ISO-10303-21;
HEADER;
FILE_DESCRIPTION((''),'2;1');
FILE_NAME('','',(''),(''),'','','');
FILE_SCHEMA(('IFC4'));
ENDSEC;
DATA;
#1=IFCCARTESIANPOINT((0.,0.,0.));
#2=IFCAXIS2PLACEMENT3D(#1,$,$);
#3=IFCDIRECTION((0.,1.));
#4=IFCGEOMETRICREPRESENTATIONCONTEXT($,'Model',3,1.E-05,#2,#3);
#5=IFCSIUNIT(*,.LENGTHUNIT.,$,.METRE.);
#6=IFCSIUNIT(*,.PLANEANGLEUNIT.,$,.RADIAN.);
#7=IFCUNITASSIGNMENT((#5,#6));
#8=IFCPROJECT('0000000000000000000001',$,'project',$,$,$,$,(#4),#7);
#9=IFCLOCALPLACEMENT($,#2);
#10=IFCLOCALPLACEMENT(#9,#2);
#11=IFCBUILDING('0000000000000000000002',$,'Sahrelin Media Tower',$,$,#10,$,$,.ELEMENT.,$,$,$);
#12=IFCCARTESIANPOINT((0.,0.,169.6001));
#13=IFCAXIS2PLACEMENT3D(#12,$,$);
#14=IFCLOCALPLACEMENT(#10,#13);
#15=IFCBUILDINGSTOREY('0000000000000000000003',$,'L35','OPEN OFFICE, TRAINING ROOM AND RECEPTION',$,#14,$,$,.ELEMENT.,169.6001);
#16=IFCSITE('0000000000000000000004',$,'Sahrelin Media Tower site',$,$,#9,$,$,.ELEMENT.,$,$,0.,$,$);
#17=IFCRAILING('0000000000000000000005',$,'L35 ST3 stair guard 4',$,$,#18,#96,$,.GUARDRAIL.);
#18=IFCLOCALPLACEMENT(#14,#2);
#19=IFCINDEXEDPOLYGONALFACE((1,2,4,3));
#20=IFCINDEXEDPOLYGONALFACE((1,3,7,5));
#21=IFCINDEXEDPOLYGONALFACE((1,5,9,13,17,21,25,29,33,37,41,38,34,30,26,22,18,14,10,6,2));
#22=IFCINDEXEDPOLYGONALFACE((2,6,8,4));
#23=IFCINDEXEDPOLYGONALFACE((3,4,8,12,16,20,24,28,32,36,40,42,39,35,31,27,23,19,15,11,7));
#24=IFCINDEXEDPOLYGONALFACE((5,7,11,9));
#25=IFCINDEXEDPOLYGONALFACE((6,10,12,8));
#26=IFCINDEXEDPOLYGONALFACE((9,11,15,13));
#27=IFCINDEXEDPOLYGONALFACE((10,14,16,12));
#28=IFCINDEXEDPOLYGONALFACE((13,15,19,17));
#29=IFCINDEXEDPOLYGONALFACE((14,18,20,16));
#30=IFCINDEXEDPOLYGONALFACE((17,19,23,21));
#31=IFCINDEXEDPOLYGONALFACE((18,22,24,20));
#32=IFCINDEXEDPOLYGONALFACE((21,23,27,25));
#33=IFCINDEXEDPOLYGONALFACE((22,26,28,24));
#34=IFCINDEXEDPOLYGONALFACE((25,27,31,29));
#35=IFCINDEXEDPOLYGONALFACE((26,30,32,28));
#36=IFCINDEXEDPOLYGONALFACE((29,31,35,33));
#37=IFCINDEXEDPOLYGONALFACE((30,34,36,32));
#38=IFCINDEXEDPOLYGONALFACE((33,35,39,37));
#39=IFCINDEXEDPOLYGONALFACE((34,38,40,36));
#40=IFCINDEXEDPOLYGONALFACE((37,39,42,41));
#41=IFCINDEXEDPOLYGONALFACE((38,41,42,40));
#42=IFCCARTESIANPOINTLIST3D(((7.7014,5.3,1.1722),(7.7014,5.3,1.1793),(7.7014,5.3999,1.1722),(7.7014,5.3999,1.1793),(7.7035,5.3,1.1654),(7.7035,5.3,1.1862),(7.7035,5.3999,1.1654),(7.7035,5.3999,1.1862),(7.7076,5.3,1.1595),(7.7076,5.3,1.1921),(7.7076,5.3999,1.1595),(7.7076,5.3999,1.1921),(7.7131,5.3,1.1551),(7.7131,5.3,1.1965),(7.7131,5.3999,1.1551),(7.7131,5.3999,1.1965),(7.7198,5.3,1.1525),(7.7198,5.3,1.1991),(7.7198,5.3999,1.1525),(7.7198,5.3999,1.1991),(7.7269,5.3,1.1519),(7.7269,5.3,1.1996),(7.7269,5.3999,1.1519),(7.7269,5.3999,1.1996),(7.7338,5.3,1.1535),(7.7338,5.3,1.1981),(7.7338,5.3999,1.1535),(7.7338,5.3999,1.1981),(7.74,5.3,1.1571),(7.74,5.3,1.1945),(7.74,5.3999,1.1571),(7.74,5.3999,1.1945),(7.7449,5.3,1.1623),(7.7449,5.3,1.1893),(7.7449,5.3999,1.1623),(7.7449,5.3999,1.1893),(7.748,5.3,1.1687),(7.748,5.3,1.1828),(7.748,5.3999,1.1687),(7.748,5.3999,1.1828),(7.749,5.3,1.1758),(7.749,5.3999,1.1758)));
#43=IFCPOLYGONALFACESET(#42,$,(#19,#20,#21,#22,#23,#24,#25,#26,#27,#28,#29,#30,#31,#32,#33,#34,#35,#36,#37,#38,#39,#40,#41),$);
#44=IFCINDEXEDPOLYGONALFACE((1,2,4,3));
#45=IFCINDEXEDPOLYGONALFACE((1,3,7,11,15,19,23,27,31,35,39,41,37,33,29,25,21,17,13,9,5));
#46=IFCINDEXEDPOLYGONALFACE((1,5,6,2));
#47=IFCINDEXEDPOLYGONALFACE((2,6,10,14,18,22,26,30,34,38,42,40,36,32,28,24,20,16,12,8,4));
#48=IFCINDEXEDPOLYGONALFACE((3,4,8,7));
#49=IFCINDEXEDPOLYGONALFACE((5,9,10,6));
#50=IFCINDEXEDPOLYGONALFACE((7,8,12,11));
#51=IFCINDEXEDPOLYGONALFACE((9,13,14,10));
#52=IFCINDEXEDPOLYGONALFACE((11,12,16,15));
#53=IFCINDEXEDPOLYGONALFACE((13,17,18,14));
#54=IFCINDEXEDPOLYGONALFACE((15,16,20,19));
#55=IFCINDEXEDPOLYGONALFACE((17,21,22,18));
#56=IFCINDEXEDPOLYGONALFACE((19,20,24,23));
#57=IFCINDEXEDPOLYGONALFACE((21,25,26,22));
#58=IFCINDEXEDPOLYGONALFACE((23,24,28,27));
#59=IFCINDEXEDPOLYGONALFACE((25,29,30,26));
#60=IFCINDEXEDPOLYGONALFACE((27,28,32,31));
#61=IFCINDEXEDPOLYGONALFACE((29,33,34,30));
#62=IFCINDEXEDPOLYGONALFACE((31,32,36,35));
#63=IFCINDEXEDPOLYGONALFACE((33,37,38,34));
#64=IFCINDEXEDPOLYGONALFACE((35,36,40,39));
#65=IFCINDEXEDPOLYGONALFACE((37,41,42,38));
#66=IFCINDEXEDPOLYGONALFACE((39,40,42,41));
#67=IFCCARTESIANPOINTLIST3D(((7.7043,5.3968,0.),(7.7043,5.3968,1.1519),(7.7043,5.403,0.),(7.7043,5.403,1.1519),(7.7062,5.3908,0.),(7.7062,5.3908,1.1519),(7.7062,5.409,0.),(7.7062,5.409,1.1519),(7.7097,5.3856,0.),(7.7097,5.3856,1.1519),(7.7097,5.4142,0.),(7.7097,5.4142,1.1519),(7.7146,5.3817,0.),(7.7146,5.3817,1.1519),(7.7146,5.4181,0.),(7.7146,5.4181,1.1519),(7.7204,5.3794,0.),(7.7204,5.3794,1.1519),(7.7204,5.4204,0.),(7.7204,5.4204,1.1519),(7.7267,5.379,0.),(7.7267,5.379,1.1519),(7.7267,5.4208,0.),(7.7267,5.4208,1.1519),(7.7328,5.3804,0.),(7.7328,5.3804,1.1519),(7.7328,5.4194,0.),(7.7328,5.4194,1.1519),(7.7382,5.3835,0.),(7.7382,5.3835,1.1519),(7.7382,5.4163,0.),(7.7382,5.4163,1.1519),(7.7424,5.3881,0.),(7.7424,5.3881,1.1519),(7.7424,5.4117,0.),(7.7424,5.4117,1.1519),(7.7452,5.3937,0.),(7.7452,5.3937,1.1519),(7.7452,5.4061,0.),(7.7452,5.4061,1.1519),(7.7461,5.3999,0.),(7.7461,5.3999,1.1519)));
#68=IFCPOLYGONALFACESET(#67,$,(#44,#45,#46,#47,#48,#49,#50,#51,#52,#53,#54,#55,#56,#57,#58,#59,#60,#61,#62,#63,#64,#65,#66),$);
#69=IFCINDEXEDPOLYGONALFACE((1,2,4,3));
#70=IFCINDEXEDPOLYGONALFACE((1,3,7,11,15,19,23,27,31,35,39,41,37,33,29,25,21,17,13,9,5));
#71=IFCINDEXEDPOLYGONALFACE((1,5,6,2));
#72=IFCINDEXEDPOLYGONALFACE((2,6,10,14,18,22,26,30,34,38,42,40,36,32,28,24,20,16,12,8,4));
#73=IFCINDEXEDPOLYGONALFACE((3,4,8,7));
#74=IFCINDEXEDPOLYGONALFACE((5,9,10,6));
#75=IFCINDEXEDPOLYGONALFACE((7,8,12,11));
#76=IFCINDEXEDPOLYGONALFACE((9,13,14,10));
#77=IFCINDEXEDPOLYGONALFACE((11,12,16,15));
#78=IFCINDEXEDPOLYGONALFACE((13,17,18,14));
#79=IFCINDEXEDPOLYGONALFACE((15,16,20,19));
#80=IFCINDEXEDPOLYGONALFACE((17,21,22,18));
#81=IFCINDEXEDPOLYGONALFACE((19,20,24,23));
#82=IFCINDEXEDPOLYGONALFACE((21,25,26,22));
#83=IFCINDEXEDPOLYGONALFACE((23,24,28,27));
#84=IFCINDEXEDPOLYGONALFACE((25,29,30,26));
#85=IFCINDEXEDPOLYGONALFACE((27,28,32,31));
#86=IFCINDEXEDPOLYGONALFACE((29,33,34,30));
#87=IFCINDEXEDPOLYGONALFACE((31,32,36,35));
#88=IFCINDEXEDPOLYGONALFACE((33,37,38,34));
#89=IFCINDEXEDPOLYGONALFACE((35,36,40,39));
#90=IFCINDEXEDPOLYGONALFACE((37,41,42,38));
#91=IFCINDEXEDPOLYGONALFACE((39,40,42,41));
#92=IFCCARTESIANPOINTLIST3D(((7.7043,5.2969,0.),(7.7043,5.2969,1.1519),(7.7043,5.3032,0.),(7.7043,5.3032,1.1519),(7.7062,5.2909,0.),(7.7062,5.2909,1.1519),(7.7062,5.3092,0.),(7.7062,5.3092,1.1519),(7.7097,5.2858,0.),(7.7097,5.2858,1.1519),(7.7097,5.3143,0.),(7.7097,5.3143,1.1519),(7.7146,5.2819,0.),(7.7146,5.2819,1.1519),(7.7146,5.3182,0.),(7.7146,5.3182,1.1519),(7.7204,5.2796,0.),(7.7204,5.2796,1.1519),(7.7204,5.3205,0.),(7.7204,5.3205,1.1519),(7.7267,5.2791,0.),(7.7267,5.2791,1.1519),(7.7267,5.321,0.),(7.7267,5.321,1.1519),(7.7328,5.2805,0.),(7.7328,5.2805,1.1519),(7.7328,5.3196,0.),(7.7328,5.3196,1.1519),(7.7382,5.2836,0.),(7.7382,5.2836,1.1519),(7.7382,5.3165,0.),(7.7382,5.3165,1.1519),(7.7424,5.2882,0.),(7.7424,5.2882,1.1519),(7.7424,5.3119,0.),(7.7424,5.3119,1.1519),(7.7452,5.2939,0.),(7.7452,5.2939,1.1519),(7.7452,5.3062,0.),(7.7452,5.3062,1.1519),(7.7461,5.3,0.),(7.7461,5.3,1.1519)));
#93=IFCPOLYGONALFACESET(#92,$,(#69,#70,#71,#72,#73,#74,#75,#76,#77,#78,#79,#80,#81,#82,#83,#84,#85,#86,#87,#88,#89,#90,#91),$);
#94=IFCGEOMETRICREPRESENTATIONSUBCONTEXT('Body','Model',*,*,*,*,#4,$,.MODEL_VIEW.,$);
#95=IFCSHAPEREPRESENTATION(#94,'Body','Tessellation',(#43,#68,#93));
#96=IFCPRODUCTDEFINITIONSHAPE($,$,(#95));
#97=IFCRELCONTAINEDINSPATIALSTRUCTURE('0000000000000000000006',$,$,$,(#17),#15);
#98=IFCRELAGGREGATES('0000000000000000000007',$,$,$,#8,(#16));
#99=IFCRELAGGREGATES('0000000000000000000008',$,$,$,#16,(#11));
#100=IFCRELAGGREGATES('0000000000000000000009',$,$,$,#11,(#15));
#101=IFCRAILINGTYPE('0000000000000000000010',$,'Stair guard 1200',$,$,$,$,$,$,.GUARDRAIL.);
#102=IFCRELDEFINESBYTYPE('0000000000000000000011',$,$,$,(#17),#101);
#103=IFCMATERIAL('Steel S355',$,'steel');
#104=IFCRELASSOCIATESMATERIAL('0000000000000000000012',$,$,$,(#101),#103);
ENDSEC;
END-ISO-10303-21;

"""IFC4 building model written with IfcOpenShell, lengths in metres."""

from ifc_helpers import new_model, si_unit, direction, frame, origin, origin_2d, place, context, subcontext, project, spatial, circle, extrude, material, type_object, element, save


model = new_model("IFC4")

# Units and contexts
model_context = context("Model", 3, precision=1e-05, world=origin(), true_north=direction((0.0, 1.0)))
body_context = subcontext(model_context, "Body", "Model", "MODEL_VIEW")
ifc_project = project(units=[si_unit("LENGTHUNIT", "METRE"), si_unit("PLANEANGLEUNIT", "RADIAN")], contexts=[model_context])

# Site, building, storey
site_placement = place(None, origin())
site = spatial("IfcSite", under=ifc_project, at=site_placement, Name="Sahrelin Media Tower site", CompositionType="ELEMENT", RefElevation=0.0)
building_placement = place(site_placement, origin())
building = spatial("IfcBuilding", under=site, at=building_placement, Name="Sahrelin Media Tower", CompositionType="ELEMENT")
storey_placement = place(building_placement, frame((0.0, 0.0, 169.6001)))
storey = spatial("IfcBuildingStorey", under=building, at=storey_placement, Name="L35", Description="OPEN OFFICE, TRAINING ROOM AND RECEPTION", CompositionType="ELEMENT", Elevation=169.6001)

# Shared definitions
ifc_material_1 = material(Name="Steel S355", Category="steel")

# Railing
railing_type_1 = type_object("IfcRailingType", Name="Stair guard 1200", PredefinedType="GUARDRAIL", material=ifc_material_1)
railing_1_placement = place(storey_placement, frame((7.7251, 5.3999, 0.0)))
element("IfcRailing", 1, at=railing_1_placement, inside=storey, type_object=railing_type_1, Name="L35 ST3 stair guard 4", PredefinedType="GUARDRAIL", context=body_context, shape_type="SweptSolid", body=[
    extrude(circle(Radius=0.0239, at=origin_2d()), frame((0.0, 0.0, 1.1758), z_axis=(0.0, -1.0, 0.0), x_axis=(1.0, 0.0, 0.0)), (0.0, 0.0, 1.0), 0.0999),
    extrude(circle(Radius=0.021, at=origin_2d()), origin(), (0.0, 0.0, 1.0), 1.1519),
    extrude(circle(Radius=0.021, at=origin_2d()), frame((0.0, -0.0999, 0.0)), (0.0, 0.0, 1.0), 1.1519),
])

save(model, "model.ifc")
